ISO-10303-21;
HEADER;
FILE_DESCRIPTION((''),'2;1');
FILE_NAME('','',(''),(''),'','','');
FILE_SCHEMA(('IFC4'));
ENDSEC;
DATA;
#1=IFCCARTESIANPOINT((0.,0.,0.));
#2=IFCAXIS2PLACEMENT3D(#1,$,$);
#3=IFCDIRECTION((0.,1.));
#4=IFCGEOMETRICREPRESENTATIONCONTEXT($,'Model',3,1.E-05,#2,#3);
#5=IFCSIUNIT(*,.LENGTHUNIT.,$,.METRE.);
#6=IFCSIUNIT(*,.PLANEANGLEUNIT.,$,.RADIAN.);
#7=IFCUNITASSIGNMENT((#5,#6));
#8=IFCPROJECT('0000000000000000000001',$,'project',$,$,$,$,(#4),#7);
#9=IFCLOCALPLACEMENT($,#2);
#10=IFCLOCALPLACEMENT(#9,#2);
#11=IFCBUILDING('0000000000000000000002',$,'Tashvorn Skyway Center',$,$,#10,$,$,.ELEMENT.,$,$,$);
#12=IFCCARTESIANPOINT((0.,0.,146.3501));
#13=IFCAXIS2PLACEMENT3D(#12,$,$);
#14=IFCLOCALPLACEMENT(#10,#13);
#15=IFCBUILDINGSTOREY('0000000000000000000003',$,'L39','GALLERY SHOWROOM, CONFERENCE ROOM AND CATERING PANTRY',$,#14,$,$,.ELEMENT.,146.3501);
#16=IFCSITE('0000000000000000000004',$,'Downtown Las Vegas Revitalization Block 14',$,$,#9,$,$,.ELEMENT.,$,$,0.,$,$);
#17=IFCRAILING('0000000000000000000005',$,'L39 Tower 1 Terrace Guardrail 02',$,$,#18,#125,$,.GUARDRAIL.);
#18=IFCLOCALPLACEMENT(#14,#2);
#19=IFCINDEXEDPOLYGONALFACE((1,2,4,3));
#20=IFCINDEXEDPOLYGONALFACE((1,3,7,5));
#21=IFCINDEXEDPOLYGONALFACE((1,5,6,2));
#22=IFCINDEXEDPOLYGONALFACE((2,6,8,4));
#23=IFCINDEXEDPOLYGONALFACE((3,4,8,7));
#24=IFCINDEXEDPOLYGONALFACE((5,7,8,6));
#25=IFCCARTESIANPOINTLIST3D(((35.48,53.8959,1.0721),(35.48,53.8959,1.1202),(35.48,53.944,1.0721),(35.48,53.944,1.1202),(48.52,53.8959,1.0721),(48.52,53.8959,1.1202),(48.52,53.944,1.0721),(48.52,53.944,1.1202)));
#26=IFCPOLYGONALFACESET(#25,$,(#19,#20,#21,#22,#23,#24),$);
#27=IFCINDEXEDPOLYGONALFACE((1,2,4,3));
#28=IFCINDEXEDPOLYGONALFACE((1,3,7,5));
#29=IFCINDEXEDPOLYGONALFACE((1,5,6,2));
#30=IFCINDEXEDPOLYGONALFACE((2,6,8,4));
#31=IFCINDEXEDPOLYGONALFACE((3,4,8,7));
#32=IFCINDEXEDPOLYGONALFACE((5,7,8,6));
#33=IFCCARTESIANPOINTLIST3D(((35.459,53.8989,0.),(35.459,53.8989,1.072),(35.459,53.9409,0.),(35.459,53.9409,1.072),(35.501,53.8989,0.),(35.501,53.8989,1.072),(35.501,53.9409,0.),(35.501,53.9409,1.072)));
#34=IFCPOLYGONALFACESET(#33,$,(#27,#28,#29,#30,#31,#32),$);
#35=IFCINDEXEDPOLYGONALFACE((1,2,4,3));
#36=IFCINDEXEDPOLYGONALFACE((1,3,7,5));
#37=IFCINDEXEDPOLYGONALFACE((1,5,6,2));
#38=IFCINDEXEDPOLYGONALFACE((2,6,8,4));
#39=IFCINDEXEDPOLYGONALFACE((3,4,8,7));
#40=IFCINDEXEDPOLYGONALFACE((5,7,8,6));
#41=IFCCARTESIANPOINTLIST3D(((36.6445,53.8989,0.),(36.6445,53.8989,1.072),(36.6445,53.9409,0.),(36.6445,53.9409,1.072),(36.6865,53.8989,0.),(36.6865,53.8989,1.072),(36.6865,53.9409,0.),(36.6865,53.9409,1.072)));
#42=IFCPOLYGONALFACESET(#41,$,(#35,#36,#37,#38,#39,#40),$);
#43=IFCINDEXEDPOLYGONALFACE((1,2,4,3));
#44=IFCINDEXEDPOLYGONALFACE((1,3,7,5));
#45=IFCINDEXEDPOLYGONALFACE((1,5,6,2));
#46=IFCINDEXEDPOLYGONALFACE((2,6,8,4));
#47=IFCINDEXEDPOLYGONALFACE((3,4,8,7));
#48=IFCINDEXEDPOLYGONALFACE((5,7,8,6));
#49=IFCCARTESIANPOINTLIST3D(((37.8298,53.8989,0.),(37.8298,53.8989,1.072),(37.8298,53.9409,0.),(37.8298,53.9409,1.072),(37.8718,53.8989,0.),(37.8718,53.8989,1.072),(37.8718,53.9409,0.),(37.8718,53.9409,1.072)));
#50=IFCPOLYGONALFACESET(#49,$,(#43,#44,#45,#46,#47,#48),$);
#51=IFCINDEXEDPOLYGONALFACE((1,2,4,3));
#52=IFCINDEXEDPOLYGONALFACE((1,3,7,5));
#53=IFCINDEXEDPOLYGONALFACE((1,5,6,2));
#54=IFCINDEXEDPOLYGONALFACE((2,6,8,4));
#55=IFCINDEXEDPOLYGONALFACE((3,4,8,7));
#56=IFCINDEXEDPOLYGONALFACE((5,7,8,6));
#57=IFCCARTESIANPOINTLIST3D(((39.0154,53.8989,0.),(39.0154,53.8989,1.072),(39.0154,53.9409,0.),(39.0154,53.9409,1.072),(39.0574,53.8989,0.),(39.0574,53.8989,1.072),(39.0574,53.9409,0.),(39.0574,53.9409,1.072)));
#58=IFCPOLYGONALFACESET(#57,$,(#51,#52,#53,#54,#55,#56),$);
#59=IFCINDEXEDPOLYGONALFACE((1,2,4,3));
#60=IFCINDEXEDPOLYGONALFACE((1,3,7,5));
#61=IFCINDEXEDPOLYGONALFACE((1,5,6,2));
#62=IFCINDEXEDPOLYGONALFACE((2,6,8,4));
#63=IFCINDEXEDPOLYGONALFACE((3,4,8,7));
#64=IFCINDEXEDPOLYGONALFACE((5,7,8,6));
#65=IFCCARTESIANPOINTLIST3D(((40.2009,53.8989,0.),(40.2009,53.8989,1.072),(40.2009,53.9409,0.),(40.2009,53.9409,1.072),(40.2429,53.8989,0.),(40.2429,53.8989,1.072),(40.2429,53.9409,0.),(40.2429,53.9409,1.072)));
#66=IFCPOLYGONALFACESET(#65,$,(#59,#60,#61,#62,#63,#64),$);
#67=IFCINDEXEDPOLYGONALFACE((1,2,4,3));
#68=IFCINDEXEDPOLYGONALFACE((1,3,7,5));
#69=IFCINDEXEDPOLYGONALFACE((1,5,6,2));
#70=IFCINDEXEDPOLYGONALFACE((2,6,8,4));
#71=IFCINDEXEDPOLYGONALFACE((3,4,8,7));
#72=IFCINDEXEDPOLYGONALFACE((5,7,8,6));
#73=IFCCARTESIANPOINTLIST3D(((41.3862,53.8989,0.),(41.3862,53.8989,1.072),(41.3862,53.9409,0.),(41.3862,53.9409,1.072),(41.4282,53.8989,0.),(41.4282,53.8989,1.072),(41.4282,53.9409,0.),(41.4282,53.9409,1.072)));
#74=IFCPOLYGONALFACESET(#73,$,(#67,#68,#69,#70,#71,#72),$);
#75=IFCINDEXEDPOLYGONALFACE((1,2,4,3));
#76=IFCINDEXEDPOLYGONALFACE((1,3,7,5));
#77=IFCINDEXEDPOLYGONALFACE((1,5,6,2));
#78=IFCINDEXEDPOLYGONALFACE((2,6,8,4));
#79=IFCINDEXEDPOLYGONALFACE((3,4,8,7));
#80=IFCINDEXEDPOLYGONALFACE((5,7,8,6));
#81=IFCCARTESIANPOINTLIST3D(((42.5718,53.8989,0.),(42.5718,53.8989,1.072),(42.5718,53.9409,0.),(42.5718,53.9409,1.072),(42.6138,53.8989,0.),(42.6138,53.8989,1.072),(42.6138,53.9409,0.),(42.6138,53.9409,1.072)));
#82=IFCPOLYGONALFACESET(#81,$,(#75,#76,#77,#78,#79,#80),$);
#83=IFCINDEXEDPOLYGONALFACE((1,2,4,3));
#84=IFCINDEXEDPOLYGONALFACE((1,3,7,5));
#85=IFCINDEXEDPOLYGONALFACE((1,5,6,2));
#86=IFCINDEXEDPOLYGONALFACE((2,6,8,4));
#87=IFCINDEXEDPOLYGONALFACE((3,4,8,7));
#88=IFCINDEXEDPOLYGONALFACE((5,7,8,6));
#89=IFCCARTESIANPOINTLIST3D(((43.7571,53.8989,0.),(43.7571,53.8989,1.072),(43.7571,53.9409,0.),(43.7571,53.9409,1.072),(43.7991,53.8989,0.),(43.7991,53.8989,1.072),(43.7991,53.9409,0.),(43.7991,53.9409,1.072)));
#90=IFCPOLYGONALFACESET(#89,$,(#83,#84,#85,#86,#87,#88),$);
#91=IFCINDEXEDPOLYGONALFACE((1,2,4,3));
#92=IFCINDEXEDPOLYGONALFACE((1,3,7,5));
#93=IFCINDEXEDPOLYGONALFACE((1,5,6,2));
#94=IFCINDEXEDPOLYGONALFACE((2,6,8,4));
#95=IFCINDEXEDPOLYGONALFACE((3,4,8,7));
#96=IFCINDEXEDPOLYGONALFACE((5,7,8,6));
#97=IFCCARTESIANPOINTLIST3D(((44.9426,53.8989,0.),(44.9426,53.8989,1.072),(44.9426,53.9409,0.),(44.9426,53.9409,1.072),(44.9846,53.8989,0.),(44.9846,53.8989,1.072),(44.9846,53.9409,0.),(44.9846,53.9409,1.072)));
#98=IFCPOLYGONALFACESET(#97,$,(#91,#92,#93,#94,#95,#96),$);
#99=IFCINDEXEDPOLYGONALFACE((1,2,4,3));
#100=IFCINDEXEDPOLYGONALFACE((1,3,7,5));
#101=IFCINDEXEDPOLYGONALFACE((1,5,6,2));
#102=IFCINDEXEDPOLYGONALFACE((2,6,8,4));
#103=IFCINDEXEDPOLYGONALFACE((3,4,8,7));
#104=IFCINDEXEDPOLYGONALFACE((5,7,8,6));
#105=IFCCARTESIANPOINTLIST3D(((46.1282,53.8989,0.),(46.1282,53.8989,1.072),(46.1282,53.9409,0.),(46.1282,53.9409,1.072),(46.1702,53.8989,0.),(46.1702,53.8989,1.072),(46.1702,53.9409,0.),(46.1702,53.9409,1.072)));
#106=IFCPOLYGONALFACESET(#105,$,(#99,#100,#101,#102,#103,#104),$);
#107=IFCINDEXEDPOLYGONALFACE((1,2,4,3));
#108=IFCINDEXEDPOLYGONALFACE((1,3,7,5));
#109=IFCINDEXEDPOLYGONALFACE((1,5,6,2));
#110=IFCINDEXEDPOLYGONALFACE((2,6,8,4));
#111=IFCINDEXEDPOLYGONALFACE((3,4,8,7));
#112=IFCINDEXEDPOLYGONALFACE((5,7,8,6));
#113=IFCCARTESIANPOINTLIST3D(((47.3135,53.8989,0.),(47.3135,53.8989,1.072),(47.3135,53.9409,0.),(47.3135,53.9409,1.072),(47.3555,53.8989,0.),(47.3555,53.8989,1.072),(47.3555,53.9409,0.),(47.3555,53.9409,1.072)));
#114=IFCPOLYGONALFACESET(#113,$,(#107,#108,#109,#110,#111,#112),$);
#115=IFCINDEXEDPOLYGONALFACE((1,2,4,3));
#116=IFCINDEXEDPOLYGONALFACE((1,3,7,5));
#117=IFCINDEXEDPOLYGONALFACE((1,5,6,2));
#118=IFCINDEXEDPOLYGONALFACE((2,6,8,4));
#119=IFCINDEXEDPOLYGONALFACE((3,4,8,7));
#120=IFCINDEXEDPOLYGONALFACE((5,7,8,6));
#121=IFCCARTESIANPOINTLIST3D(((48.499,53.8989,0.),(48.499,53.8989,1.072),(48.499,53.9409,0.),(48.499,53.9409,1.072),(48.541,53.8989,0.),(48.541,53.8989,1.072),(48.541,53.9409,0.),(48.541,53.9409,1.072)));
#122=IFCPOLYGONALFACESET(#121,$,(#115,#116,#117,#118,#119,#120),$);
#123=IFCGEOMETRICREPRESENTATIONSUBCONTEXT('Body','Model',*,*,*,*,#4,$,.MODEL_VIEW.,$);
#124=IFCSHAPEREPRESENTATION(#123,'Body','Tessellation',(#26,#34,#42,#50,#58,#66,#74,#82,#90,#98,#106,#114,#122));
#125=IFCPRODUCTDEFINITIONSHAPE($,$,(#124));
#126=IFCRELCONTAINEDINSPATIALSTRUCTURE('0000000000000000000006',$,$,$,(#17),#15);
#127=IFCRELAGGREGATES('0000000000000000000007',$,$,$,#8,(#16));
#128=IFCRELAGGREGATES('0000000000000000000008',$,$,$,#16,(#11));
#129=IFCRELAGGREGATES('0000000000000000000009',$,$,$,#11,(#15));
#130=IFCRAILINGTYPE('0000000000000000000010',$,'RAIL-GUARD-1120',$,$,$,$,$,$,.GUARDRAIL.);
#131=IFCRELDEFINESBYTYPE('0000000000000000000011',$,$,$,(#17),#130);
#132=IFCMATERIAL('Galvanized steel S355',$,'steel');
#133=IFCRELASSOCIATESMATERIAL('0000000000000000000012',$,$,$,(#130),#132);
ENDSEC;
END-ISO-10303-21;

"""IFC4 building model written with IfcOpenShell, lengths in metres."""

from ifc_helpers import new_model, si_unit, direction, frame, origin, origin_2d, place, context, subcontext, project, spatial, rectangle, extrude, material, type_object, element, save


model = new_model("IFC4")

# Units and contexts
model_context = context("Model", 3, precision=1e-05, world=origin(), true_north=direction((0.0, 1.0)))
body_context = subcontext(model_context, "Body", "Model", "MODEL_VIEW")
ifc_project = project(units=[si_unit("LENGTHUNIT", "METRE"), si_unit("PLANEANGLEUNIT", "RADIAN")], contexts=[model_context])

# Site, building, storey
site_placement = place(None, origin())
site = spatial("IfcSite", under=ifc_project, at=site_placement, Name="Downtown Las Vegas Revitalization Block 14", CompositionType="ELEMENT", RefElevation=0.0)
building_placement = place(site_placement, origin())
building = spatial("IfcBuilding", under=site, at=building_placement, Name="Tashvorn Skyway Center", CompositionType="ELEMENT")
storey_placement = place(building_placement, frame((0.0, 0.0, 146.3501)))
storey = spatial("IfcBuildingStorey", under=building, at=storey_placement, Name="L39", Description="GALLERY SHOWROOM, CONFERENCE ROOM AND CATERING PANTRY", CompositionType="ELEMENT", Elevation=146.3501)

# Railing
ifc_material_1 = material(Name="Galvanized steel S355", Category="steel")
railing_type = type_object("IfcRailingType", Name="RAIL-GUARD-1120", PredefinedType="GUARDRAIL", material=ifc_material_1)
railing_1_placement = place(storey_placement, frame((35.48, 53.9199, 0.0)))
element("IfcRailing", 1, at=railing_1_placement, inside=storey, type_object=railing_type, Name="L39 Tower 1 Terrace Guardrail 02", PredefinedType="GUARDRAIL", context=body_context, shape_type="SweptSolid", body=[
    extrude(rectangle(XDim=0.0481, YDim=0.0481, at=origin_2d()), frame((0.0, 0.0, 1.0962), z_axis=(1.0, 0.0, 0.0), x_axis=(0.0, 1.0, 0.0)), (0.0, 0.0, 1.0), 13.04),
    extrude(rectangle(XDim=0.042, YDim=0.042, at=origin_2d()), origin(), (0.0, 0.0, 1.0), 1.072),
    extrude(rectangle(XDim=0.042, YDim=0.042, at=origin_2d()), frame((1.1855, 0.0, 0.0)), (0.0, 0.0, 1.0), 1.072),
    extrude(rectangle(XDim=0.042, YDim=0.042, at=origin_2d()), frame((2.3708, 0.0, 0.0)), (0.0, 0.0, 1.0), 1.072),
    extrude(rectangle(XDim=0.042, YDim=0.042, at=origin_2d()), frame((3.5564, 0.0, 0.0)), (0.0, 0.0, 1.0), 1.072),
    extrude(rectangle(XDim=0.042, YDim=0.042, at=origin_2d()), frame((4.7419, 0.0, 0.0)), (0.0, 0.0, 1.0), 1.072),
    extrude(rectangle(XDim=0.042, YDim=0.042, at=origin_2d()), frame((5.9272, 0.0, 0.0)), (0.0, 0.0, 1.0), 1.072),
    extrude(rectangle(XDim=0.042, YDim=0.042, at=origin_2d()), frame((7.1128, 0.0, 0.0)), (0.0, 0.0, 1.0), 1.072),
    extrude(rectangle(XDim=0.042, YDim=0.042, at=origin_2d()), frame((8.2981, 0.0, 0.0)), (0.0, 0.0, 1.0), 1.072),
    extrude(rectangle(XDim=0.042, YDim=0.042, at=origin_2d()), frame((9.4836, 0.0, 0.0)), (0.0, 0.0, 1.0), 1.072),
    extrude(rectangle(XDim=0.042, YDim=0.042, at=origin_2d()), frame((10.6692, 0.0, 0.0)), (0.0, 0.0, 1.0), 1.072),
    extrude(rectangle(XDim=0.042, YDim=0.042, at=origin_2d()), frame((11.8545, 0.0, 0.0)), (0.0, 0.0, 1.0), 1.072),
    extrude(rectangle(XDim=0.042, YDim=0.042, at=origin_2d()), frame((13.04, 0.0, 0.0)), (0.0, 0.0, 1.0), 1.072),
])

save(model, "model.ifc")
